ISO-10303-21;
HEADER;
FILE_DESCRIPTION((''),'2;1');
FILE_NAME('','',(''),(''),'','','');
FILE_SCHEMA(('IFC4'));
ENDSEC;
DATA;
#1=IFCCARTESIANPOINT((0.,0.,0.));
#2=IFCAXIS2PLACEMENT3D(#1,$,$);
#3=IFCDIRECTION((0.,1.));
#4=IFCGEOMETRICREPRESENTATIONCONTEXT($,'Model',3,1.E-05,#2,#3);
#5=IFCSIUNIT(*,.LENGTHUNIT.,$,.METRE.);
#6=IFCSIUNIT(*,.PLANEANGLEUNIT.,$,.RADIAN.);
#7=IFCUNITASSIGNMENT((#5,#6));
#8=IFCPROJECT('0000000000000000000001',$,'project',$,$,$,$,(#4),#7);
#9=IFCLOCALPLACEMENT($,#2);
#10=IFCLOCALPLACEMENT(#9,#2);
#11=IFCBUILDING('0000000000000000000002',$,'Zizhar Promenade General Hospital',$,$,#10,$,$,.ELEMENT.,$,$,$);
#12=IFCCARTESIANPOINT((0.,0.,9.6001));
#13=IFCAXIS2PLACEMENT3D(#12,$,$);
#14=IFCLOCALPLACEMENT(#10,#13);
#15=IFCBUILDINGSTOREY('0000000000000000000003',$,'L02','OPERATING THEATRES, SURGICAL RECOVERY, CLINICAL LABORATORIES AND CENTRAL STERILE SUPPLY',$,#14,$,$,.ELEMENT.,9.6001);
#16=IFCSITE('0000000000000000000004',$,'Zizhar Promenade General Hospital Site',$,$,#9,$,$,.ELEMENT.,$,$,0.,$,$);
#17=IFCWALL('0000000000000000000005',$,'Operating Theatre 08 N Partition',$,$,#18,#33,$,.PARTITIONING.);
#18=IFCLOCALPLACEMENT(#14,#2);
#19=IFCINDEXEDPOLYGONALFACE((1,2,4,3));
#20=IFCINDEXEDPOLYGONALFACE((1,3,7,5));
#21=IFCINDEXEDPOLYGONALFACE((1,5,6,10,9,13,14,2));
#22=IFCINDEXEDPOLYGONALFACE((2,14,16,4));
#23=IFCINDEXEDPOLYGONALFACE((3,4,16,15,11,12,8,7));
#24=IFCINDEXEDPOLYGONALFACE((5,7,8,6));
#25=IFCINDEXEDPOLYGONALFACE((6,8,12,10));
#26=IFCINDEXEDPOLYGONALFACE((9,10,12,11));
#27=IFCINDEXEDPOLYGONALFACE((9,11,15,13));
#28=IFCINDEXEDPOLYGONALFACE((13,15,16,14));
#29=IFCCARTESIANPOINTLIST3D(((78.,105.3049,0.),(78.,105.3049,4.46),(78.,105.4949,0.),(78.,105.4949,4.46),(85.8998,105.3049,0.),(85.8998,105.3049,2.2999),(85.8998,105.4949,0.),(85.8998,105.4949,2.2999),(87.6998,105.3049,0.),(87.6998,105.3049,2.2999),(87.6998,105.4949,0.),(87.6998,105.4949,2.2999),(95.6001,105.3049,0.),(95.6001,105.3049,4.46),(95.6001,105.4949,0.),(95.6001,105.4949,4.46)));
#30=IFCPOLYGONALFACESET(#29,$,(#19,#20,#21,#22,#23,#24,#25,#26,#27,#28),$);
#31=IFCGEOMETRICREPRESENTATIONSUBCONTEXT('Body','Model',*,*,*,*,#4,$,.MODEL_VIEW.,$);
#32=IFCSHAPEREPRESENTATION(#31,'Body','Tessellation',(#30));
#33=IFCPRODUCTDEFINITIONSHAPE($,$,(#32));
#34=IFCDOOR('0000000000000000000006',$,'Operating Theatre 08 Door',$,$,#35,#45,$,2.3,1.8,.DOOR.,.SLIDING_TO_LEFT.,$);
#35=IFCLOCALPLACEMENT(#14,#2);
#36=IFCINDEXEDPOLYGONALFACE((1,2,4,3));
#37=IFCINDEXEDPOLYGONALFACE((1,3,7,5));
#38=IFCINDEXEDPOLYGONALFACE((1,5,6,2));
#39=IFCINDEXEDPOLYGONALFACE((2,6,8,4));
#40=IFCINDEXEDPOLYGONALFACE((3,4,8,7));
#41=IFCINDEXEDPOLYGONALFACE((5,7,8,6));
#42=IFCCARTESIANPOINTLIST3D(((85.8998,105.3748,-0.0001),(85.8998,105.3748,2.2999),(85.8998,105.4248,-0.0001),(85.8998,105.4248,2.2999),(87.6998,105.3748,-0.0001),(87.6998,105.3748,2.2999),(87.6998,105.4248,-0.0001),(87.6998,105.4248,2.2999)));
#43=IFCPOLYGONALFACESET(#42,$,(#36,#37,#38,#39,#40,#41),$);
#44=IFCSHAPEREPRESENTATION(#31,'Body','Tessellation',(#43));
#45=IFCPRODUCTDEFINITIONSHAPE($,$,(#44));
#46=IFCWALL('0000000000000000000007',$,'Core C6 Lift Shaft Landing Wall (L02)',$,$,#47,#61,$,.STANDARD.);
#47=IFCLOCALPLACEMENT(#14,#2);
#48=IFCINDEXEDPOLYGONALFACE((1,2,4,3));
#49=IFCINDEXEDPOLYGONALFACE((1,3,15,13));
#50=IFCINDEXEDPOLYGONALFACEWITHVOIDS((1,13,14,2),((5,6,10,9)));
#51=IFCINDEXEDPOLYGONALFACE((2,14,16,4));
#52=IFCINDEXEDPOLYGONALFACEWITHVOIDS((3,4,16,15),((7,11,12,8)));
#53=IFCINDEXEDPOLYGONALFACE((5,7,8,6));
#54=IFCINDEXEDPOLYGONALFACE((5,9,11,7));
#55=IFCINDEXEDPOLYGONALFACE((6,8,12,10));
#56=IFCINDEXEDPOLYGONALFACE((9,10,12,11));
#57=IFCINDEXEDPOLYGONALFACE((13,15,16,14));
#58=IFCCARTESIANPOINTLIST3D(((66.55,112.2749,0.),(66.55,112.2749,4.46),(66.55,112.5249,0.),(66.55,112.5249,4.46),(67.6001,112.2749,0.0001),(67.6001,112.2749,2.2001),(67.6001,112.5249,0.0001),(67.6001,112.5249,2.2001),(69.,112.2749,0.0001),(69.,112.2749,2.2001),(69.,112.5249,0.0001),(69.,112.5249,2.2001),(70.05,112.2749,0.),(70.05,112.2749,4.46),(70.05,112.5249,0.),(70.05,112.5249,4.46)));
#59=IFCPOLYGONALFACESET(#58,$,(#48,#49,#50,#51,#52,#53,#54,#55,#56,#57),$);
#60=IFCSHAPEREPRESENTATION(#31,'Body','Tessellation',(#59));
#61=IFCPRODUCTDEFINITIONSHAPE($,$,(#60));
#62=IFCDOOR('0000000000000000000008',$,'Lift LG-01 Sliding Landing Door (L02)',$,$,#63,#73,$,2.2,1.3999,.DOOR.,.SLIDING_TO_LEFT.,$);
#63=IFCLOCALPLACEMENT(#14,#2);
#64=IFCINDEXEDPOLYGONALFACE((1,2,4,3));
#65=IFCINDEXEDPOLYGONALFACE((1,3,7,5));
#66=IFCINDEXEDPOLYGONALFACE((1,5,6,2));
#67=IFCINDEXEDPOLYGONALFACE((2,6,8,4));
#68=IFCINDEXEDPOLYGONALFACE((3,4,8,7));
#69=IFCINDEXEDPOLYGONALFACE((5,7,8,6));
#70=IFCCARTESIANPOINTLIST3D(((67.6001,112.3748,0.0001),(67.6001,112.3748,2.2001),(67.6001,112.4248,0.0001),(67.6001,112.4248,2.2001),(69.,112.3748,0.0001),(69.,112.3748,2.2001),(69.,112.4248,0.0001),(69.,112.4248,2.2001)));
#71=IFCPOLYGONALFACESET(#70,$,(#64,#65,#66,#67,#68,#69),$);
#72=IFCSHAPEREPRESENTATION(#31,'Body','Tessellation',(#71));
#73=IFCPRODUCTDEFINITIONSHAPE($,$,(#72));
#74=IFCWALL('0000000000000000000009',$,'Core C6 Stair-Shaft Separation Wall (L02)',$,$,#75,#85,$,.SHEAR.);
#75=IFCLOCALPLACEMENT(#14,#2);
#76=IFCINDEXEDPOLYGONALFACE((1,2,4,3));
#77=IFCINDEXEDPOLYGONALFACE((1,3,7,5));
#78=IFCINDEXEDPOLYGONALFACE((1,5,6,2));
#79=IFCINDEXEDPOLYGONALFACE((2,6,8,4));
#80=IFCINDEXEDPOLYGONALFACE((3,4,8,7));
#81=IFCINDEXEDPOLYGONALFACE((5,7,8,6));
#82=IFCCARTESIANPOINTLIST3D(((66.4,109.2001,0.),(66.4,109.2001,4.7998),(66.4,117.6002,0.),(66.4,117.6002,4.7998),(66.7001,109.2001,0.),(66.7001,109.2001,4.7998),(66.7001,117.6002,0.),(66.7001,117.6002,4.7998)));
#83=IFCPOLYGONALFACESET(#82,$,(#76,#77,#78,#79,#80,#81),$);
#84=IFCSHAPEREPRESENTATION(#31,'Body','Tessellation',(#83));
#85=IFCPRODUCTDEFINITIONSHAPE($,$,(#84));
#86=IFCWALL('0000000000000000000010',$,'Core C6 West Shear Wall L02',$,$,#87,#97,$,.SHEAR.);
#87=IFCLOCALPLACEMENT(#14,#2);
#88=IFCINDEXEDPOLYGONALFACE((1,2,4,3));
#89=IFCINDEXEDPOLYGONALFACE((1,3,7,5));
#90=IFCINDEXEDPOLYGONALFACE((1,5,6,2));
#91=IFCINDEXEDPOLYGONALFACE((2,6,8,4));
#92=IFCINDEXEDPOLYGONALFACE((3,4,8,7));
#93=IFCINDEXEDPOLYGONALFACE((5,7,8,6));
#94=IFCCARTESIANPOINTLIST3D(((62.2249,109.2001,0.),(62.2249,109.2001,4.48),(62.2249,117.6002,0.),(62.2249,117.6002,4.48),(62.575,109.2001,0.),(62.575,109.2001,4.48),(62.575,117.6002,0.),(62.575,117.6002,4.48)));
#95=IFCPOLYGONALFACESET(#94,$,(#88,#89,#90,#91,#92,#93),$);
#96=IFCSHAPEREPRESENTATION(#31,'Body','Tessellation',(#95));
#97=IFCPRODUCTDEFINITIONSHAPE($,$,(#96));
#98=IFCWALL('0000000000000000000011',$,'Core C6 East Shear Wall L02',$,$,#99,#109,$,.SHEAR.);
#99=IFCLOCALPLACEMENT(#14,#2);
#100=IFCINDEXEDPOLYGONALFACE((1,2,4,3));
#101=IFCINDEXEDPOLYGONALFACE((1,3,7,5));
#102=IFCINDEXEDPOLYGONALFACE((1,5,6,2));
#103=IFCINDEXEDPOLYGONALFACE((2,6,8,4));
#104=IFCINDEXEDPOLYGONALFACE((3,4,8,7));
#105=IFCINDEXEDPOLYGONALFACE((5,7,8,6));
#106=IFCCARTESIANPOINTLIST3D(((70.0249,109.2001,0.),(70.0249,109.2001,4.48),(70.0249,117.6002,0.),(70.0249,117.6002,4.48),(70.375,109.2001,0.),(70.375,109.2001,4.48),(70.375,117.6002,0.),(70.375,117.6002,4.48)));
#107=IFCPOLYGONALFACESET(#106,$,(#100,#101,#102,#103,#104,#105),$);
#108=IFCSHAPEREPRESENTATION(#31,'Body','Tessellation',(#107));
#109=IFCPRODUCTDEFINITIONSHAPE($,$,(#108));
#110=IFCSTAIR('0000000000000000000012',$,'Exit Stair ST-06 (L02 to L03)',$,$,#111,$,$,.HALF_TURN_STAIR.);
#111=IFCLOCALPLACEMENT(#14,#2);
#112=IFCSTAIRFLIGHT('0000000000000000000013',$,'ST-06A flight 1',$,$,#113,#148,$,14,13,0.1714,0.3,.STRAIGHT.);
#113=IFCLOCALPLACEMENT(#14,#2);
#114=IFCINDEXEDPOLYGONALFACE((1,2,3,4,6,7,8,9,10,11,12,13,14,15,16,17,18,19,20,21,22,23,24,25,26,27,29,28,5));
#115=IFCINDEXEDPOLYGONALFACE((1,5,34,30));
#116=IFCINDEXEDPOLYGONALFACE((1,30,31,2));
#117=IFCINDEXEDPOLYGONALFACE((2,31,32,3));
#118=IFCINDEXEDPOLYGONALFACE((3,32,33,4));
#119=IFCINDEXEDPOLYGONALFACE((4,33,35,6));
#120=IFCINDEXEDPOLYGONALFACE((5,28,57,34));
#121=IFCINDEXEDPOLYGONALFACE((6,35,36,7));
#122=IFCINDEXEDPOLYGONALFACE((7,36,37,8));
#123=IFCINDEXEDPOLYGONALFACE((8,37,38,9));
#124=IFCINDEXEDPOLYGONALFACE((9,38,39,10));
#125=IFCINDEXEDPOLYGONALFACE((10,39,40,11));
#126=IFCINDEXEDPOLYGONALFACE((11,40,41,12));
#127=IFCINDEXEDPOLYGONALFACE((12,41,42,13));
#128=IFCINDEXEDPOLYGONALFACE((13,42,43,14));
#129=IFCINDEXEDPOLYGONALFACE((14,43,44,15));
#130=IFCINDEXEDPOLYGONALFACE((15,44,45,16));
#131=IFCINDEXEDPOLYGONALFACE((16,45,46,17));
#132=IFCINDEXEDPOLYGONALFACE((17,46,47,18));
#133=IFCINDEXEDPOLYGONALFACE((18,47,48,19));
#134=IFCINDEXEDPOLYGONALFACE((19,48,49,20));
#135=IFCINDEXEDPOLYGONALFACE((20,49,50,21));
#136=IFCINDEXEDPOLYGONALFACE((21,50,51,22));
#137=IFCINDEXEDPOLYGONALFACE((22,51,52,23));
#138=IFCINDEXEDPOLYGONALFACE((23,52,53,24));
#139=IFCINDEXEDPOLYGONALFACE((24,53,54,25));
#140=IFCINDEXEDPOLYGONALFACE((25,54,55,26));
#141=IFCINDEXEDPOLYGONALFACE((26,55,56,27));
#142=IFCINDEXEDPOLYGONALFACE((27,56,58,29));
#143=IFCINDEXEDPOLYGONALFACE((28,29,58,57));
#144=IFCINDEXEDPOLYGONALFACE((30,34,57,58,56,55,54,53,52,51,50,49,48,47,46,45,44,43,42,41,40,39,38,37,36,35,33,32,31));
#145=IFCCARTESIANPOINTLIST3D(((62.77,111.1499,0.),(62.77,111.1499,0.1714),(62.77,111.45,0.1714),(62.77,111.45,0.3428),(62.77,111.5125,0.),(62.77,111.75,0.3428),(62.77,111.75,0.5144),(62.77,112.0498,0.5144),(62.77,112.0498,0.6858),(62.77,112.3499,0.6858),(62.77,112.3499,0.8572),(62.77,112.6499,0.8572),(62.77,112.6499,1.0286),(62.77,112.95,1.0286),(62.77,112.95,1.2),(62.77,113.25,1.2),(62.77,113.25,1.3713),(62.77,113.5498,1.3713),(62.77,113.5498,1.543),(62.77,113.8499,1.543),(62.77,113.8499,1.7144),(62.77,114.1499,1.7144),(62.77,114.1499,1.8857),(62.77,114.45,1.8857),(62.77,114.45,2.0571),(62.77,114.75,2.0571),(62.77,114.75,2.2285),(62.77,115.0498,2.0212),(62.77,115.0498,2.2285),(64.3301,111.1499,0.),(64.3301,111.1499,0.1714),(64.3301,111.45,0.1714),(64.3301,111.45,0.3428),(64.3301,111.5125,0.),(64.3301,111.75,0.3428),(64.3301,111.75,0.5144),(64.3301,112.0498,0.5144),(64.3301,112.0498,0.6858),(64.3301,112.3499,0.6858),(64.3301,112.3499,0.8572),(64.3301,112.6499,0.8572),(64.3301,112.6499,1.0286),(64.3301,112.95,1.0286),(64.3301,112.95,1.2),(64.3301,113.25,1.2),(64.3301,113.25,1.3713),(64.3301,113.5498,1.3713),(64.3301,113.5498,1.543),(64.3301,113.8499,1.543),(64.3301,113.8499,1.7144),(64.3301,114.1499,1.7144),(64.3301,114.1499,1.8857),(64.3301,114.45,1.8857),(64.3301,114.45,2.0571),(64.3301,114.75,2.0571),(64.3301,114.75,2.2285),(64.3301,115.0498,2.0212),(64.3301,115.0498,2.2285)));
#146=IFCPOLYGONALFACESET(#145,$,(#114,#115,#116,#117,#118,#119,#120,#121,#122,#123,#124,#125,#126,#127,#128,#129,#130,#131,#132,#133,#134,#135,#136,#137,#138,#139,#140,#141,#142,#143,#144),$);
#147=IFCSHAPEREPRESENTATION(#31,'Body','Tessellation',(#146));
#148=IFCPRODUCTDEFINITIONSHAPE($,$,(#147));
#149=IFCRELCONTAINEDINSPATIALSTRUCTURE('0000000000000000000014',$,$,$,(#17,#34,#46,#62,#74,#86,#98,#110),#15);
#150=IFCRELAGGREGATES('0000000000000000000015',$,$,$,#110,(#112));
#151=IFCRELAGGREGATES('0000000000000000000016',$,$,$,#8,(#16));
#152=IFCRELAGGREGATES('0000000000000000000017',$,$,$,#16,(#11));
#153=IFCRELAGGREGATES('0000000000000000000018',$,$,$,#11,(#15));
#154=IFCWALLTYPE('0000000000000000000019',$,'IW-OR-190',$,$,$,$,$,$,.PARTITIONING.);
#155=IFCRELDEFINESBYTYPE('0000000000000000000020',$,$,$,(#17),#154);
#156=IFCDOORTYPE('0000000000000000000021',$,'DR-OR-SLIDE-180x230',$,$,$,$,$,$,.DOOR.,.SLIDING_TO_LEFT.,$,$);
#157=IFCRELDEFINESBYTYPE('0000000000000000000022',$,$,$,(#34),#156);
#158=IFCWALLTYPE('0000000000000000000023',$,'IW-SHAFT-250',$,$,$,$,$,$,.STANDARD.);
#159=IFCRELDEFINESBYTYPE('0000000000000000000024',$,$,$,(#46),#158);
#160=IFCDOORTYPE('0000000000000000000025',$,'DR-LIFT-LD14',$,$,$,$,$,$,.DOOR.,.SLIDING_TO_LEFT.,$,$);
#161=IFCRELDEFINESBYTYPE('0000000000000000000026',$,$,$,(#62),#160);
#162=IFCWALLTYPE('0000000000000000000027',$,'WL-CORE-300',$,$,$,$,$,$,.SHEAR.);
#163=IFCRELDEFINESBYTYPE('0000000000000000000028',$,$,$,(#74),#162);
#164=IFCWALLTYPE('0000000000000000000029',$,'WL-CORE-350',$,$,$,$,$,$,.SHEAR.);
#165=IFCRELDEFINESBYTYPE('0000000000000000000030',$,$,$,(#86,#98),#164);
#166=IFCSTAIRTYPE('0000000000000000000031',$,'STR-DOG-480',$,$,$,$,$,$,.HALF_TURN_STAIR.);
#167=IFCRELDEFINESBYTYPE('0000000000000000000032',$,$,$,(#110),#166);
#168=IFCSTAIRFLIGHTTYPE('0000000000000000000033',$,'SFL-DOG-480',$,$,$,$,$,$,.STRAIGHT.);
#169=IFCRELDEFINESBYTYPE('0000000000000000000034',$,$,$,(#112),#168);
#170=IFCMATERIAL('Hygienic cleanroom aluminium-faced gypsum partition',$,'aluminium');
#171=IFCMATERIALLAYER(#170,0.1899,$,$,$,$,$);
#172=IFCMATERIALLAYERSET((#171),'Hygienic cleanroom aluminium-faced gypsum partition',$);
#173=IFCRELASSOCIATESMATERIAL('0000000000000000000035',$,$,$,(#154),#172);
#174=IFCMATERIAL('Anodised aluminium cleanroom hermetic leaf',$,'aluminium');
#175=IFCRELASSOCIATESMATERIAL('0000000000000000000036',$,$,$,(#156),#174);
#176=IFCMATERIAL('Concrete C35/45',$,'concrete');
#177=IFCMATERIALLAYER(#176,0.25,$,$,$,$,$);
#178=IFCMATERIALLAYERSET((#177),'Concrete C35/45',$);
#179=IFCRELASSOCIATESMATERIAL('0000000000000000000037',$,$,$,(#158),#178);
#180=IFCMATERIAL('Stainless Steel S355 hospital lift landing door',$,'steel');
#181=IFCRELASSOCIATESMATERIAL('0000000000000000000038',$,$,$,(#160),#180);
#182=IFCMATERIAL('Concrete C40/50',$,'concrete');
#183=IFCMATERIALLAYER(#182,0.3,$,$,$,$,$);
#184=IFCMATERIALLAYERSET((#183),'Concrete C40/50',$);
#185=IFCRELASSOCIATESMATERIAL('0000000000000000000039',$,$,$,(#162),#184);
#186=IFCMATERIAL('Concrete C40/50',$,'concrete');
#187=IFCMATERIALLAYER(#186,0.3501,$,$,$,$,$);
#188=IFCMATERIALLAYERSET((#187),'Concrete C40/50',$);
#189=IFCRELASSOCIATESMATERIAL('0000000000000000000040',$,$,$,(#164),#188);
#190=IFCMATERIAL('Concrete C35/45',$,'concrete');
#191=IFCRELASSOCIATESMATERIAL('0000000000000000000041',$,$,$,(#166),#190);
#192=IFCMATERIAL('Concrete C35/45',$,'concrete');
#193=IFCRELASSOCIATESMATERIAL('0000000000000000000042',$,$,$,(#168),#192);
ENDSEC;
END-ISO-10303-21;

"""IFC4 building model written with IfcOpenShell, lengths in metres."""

from ifc_helpers import new_model, si_unit, direction, frame, frame_2d, origin, place, context, subcontext, project, spatial, polyline, rectangle, outline, extrude, material, layer, layer_set, type_object, element, fill, aggregate, save


model = new_model("IFC4")

# Units and contexts
model_context = context("Model", 3, precision=1e-05, world=origin(), true_north=direction((0.0, 1.0)))
body_context = subcontext(model_context, "Body", "Model", "MODEL_VIEW")
ifc_project = project(units=[si_unit("LENGTHUNIT", "METRE"), si_unit("PLANEANGLEUNIT", "RADIAN")], contexts=[model_context])

# Site, building, storey
site_placement = place(None, origin())
site = spatial("IfcSite", under=ifc_project, at=site_placement, Name="Zizhar Promenade General Hospital Site", CompositionType="ELEMENT", RefElevation=0.0)
building_placement = place(site_placement, origin())
building = spatial("IfcBuilding", under=site, at=building_placement, Name="Zizhar Promenade General Hospital", CompositionType="ELEMENT")
storey_placement = place(building_placement, frame((0.0, 0.0, 9.6001)))
storey = spatial("IfcBuildingStorey", under=building, at=storey_placement, Name="L02", Description="OPERATING THEATRES, SURGICAL RECOVERY, CLINICAL LABORATORIES AND CENTRAL STERILE SUPPLY", CompositionType="ELEMENT", Elevation=9.6001)

# Walls, openings, doors
ifc_material_1 = material(Name="Hygienic cleanroom aluminium-faced gypsum partition", Category="aluminium")
ifc_layer_1 = layer(ifc_material_1, 0.1899)
ifc_layer_set_1 = layer_set([ifc_layer_1], Name="Hygienic cleanroom aluminium-faced gypsum partition")
wall_type_1 = type_object("IfcWallType", Name="IW-OR-190", PredefinedType="PARTITIONING", material=ifc_layer_set_1)
wall_1_placement = place(storey_placement, frame((78.0, 105.3999, 0.0), z_axis=(0.0, 0.0, 1.0), x_axis=(1.0, 0.0, 0.0)))
wall_1 = element("IfcWall", 1, at=wall_1_placement, inside=storey, type_object=wall_type_1, Name="Operating Theatre 08 N Partition", PredefinedType="PARTITIONING", context=body_context, shape_type="SweptSolid", body=[
    extrude(rectangle(XDim=17.6001, YDim=0.1899, at=frame_2d((8.8, 0.0))), origin(), (0.0, 0.0, 1.0), 4.46),
])
opening_1_placement = place(wall_1_placement, frame((7.8999, 0.0, 0.0)))
opening_1 = element("IfcOpeningElement", 2, at=opening_1_placement, cuts=wall_1, PredefinedType="OPENING", context=body_context, shape_type="SweptSolid", body=[
    extrude(rectangle(XDim=1.8, YDim=2.3, at=frame_2d((0.8999, 1.1499))), frame((0.0, 0.105, 0.0), z_axis=(0.0, -1.0, 0.0), x_axis=(1.0, 0.0, 0.0)), (0.0, 0.0, 1.0), 0.21),
])
ifc_material_2 = material(Name="Anodised aluminium cleanroom hermetic leaf", Category="aluminium")
door_type_1 = type_object("IfcDoorType", Name="DR-OR-SLIDE-180x230", OperationType="SLIDING_TO_LEFT", PredefinedType="DOOR", material=ifc_material_2)
door_1_placement = place(opening_1_placement, origin())
door_1 = element("IfcDoor", 3, at=door_1_placement, inside=storey, type_object=door_type_1, Name="Operating Theatre 08 Door", OperationType="SLIDING_TO_LEFT", OverallHeight=2.3, OverallWidth=1.8, PredefinedType="DOOR", context=body_context, shape_type="SweptSolid", body=[
    extrude(rectangle(XDim=1.8, YDim=2.3, at=frame_2d((0.8999, 1.1499))), frame((0.0, 0.0249, 0.0), z_axis=(0.0, -1.0, 0.0), x_axis=(1.0, 0.0, 0.0)), (0.0, 0.0, 1.0), 0.05),
])
fill(opening_1, door_1)
ifc_material_3 = material(Name="Concrete C35/45", Category="concrete")
ifc_layer_2 = layer(ifc_material_3, 0.25)
ifc_layer_set_2 = layer_set([ifc_layer_2], Name="Concrete C35/45")
wall_type_2 = type_object("IfcWallType", Name="IW-SHAFT-250", PredefinedType="STANDARD", material=ifc_layer_set_2)
wall_2_placement = place(storey_placement, frame((66.55, 112.3999, 0.0), z_axis=(0.0, 0.0, 1.0), x_axis=(1.0, 0.0, 0.0)))
wall_2 = element("IfcWall", 4, at=wall_2_placement, inside=storey, type_object=wall_type_2, Name="Core C6 Lift Shaft Landing Wall (L02)", PredefinedType="STANDARD", context=body_context, shape_type="SweptSolid", body=[
    extrude(rectangle(XDim=3.5, YDim=0.25, at=frame_2d((1.75, 0.0))), origin(), (0.0, 0.0, 1.0), 4.46),
])
opening_2_placement = place(wall_2_placement, frame((1.05, 0.0, 0.0)))
opening_2 = element("IfcOpeningElement", 5, at=opening_2_placement, cuts=wall_2, PredefinedType="OPENING", context=body_context, shape_type="SweptSolid", body=[
    extrude(rectangle(XDim=1.3999, YDim=2.2, at=frame_2d((0.7, 1.1001))), frame((0.0, 0.135, 0.0), z_axis=(0.0, -1.0, 0.0), x_axis=(1.0, 0.0, 0.0)), (0.0, 0.0, 1.0), 0.27),
])
ifc_material_4 = material(Name="Stainless Steel S355 hospital lift landing door", Category="steel")
door_type_2 = type_object("IfcDoorType", Name="DR-LIFT-LD14", OperationType="SLIDING_TO_LEFT", PredefinedType="DOOR", material=ifc_material_4)
door_2_placement = place(opening_2_placement, origin())
door_2 = element("IfcDoor", 6, at=door_2_placement, inside=storey, type_object=door_type_2, Name="Lift LG-01 Sliding Landing Door (L02)", OperationType="SLIDING_TO_LEFT", OverallHeight=2.2, OverallWidth=1.3999, PredefinedType="DOOR", context=body_context, shape_type="SweptSolid", body=[
    extrude(rectangle(XDim=1.3999, YDim=2.2, at=frame_2d((0.7, 1.1001))), frame((0.0, 0.0249, 0.0), z_axis=(0.0, -1.0, 0.0), x_axis=(1.0, 0.0, 0.0)), (0.0, 0.0, 1.0), 0.05),
])
fill(opening_2, door_2)
ifc_material_5 = material(Name="Concrete C40/50", Category="concrete")
ifc_layer_3 = layer(ifc_material_5, 0.3)
ifc_layer_set_3 = layer_set([ifc_layer_3], Name="Concrete C40/50")
wall_type_3 = type_object("IfcWallType", Name="WL-CORE-300", PredefinedType="SHEAR", material=ifc_layer_set_3)

# Walls
wall_3_placement = place(storey_placement, frame((66.55, 109.2, 0.0), z_axis=(0.0, 0.0, 1.0), x_axis=(0.0, 1.0, 0.0)))
element("IfcWall", 7, at=wall_3_placement, inside=storey, type_object=wall_type_3, Name="Core C6 Stair-Shaft Separation Wall (L02)", PredefinedType="SHEAR", context=body_context, shape_type="SweptSolid", body=[
    extrude(rectangle(XDim=8.4001, YDim=0.3, at=frame_2d((4.2002, 0.0))), origin(), (0.0, 0.0, 1.0), 4.7998),
])
ifc_material_6 = material(Name="Concrete C40/50", Category="concrete")
ifc_layer_4 = layer(ifc_material_6, 0.3501)
ifc_layer_set_4 = layer_set([ifc_layer_4], Name="Concrete C40/50")
wall_type_4 = type_object("IfcWallType", Name="WL-CORE-350", PredefinedType="SHEAR", material=ifc_layer_set_4)
for number, where, z_axis, x_axis, name in (
    (8, (62.3999, 109.2, 0.0), (0.0, 0.0, 1.0), (0.0, 1.0, 0.0), "Core C6 West Shear Wall L02"),
    (9, (70.2, 109.2, 0.0), (0.0, 0.0, 1.0), (0.0, 1.0, 0.0), "Core C6 East Shear Wall L02"),
):
    element("IfcWall", number, at=place(storey_placement, frame(where, z_axis=z_axis, x_axis=x_axis)), inside=storey, type_object=wall_type_4, Name=name, PredefinedType="SHEAR", context=body_context, shape_type="SweptSolid", body=[
        extrude(rectangle(XDim=8.4001, YDim=0.3501, at=frame_2d((4.2002, 0.0))), origin(), (0.0, 0.0, 1.0), 4.48),
    ])

# Stair, stair flight
ifc_material_7 = material(Name="Concrete C35/45", Category="concrete")
stair_type = type_object("IfcStairType", Name="STR-DOG-480", PredefinedType="HALF_TURN_STAIR", material=ifc_material_7)
stair_placement = place(storey_placement, origin())
stair = element("IfcStair", 10, at=stair_placement, inside=storey, type_object=stair_type, Name="Exit Stair ST-06 (L02 to L03)", PredefinedType="HALF_TURN_STAIR")
ifc_material_8 = material(Name="Concrete C35/45", Category="concrete")
stair_flight_type = type_object("IfcStairFlightType", Name="SFL-DOG-480", PredefinedType="STRAIGHT", material=ifc_material_8)
stair_flight_1_placement = place(storey_placement, frame((63.55, 111.1499, 0.0), z_axis=(0.0, 0.0, 1.0), x_axis=(0.0, 1.0, 0.0)))
stair_flight_1 = element("IfcStairFlight", 11, at=stair_flight_1_placement, type_object=stair_flight_type, Name="ST-06A flight 1", NumberOfRisers=14, NumberOfTreads=13, PredefinedType="STRAIGHT", RiserHeight=0.1714, TreadLength=0.3, context=body_context, shape_type="SweptSolid", body=[
    extrude(outline(polyline([(0.0, 0.0), (0.0, 0.1714), (0.3, 0.1714), (0.3, 0.3428), (0.6001, 0.3428), (0.6001, 0.5144), (0.8999, 0.5144), (0.8999, 0.6858), (1.2, 0.6858), (1.2, 0.8572), (1.5, 0.8572), (1.5, 1.0286), (1.8, 1.0286), (1.8, 1.2), (2.1001, 1.2), (2.1001, 1.3713), (2.3999, 1.3713), (2.3999, 1.543), (2.7, 1.543), (2.7, 1.7144), (3.0, 1.7144), (3.0, 1.8857), (3.3, 1.8857), (3.3, 2.0571), (3.6001, 2.0571), (3.6001, 2.2285), (3.8999, 2.2285), (3.8999, 2.3999), (3.8999, 2.0212), (0.3625, 0.0), (0.0, 0.0)])), frame((0.0, 0.78, 0.0), z_axis=(0.0, -1.0, 0.0), x_axis=(1.0, 0.0, 0.0)), (0.0, 0.0, 1.0), 1.5601),
])
aggregate(stair, [stair_flight_1])

save(model, "model.ifc")
